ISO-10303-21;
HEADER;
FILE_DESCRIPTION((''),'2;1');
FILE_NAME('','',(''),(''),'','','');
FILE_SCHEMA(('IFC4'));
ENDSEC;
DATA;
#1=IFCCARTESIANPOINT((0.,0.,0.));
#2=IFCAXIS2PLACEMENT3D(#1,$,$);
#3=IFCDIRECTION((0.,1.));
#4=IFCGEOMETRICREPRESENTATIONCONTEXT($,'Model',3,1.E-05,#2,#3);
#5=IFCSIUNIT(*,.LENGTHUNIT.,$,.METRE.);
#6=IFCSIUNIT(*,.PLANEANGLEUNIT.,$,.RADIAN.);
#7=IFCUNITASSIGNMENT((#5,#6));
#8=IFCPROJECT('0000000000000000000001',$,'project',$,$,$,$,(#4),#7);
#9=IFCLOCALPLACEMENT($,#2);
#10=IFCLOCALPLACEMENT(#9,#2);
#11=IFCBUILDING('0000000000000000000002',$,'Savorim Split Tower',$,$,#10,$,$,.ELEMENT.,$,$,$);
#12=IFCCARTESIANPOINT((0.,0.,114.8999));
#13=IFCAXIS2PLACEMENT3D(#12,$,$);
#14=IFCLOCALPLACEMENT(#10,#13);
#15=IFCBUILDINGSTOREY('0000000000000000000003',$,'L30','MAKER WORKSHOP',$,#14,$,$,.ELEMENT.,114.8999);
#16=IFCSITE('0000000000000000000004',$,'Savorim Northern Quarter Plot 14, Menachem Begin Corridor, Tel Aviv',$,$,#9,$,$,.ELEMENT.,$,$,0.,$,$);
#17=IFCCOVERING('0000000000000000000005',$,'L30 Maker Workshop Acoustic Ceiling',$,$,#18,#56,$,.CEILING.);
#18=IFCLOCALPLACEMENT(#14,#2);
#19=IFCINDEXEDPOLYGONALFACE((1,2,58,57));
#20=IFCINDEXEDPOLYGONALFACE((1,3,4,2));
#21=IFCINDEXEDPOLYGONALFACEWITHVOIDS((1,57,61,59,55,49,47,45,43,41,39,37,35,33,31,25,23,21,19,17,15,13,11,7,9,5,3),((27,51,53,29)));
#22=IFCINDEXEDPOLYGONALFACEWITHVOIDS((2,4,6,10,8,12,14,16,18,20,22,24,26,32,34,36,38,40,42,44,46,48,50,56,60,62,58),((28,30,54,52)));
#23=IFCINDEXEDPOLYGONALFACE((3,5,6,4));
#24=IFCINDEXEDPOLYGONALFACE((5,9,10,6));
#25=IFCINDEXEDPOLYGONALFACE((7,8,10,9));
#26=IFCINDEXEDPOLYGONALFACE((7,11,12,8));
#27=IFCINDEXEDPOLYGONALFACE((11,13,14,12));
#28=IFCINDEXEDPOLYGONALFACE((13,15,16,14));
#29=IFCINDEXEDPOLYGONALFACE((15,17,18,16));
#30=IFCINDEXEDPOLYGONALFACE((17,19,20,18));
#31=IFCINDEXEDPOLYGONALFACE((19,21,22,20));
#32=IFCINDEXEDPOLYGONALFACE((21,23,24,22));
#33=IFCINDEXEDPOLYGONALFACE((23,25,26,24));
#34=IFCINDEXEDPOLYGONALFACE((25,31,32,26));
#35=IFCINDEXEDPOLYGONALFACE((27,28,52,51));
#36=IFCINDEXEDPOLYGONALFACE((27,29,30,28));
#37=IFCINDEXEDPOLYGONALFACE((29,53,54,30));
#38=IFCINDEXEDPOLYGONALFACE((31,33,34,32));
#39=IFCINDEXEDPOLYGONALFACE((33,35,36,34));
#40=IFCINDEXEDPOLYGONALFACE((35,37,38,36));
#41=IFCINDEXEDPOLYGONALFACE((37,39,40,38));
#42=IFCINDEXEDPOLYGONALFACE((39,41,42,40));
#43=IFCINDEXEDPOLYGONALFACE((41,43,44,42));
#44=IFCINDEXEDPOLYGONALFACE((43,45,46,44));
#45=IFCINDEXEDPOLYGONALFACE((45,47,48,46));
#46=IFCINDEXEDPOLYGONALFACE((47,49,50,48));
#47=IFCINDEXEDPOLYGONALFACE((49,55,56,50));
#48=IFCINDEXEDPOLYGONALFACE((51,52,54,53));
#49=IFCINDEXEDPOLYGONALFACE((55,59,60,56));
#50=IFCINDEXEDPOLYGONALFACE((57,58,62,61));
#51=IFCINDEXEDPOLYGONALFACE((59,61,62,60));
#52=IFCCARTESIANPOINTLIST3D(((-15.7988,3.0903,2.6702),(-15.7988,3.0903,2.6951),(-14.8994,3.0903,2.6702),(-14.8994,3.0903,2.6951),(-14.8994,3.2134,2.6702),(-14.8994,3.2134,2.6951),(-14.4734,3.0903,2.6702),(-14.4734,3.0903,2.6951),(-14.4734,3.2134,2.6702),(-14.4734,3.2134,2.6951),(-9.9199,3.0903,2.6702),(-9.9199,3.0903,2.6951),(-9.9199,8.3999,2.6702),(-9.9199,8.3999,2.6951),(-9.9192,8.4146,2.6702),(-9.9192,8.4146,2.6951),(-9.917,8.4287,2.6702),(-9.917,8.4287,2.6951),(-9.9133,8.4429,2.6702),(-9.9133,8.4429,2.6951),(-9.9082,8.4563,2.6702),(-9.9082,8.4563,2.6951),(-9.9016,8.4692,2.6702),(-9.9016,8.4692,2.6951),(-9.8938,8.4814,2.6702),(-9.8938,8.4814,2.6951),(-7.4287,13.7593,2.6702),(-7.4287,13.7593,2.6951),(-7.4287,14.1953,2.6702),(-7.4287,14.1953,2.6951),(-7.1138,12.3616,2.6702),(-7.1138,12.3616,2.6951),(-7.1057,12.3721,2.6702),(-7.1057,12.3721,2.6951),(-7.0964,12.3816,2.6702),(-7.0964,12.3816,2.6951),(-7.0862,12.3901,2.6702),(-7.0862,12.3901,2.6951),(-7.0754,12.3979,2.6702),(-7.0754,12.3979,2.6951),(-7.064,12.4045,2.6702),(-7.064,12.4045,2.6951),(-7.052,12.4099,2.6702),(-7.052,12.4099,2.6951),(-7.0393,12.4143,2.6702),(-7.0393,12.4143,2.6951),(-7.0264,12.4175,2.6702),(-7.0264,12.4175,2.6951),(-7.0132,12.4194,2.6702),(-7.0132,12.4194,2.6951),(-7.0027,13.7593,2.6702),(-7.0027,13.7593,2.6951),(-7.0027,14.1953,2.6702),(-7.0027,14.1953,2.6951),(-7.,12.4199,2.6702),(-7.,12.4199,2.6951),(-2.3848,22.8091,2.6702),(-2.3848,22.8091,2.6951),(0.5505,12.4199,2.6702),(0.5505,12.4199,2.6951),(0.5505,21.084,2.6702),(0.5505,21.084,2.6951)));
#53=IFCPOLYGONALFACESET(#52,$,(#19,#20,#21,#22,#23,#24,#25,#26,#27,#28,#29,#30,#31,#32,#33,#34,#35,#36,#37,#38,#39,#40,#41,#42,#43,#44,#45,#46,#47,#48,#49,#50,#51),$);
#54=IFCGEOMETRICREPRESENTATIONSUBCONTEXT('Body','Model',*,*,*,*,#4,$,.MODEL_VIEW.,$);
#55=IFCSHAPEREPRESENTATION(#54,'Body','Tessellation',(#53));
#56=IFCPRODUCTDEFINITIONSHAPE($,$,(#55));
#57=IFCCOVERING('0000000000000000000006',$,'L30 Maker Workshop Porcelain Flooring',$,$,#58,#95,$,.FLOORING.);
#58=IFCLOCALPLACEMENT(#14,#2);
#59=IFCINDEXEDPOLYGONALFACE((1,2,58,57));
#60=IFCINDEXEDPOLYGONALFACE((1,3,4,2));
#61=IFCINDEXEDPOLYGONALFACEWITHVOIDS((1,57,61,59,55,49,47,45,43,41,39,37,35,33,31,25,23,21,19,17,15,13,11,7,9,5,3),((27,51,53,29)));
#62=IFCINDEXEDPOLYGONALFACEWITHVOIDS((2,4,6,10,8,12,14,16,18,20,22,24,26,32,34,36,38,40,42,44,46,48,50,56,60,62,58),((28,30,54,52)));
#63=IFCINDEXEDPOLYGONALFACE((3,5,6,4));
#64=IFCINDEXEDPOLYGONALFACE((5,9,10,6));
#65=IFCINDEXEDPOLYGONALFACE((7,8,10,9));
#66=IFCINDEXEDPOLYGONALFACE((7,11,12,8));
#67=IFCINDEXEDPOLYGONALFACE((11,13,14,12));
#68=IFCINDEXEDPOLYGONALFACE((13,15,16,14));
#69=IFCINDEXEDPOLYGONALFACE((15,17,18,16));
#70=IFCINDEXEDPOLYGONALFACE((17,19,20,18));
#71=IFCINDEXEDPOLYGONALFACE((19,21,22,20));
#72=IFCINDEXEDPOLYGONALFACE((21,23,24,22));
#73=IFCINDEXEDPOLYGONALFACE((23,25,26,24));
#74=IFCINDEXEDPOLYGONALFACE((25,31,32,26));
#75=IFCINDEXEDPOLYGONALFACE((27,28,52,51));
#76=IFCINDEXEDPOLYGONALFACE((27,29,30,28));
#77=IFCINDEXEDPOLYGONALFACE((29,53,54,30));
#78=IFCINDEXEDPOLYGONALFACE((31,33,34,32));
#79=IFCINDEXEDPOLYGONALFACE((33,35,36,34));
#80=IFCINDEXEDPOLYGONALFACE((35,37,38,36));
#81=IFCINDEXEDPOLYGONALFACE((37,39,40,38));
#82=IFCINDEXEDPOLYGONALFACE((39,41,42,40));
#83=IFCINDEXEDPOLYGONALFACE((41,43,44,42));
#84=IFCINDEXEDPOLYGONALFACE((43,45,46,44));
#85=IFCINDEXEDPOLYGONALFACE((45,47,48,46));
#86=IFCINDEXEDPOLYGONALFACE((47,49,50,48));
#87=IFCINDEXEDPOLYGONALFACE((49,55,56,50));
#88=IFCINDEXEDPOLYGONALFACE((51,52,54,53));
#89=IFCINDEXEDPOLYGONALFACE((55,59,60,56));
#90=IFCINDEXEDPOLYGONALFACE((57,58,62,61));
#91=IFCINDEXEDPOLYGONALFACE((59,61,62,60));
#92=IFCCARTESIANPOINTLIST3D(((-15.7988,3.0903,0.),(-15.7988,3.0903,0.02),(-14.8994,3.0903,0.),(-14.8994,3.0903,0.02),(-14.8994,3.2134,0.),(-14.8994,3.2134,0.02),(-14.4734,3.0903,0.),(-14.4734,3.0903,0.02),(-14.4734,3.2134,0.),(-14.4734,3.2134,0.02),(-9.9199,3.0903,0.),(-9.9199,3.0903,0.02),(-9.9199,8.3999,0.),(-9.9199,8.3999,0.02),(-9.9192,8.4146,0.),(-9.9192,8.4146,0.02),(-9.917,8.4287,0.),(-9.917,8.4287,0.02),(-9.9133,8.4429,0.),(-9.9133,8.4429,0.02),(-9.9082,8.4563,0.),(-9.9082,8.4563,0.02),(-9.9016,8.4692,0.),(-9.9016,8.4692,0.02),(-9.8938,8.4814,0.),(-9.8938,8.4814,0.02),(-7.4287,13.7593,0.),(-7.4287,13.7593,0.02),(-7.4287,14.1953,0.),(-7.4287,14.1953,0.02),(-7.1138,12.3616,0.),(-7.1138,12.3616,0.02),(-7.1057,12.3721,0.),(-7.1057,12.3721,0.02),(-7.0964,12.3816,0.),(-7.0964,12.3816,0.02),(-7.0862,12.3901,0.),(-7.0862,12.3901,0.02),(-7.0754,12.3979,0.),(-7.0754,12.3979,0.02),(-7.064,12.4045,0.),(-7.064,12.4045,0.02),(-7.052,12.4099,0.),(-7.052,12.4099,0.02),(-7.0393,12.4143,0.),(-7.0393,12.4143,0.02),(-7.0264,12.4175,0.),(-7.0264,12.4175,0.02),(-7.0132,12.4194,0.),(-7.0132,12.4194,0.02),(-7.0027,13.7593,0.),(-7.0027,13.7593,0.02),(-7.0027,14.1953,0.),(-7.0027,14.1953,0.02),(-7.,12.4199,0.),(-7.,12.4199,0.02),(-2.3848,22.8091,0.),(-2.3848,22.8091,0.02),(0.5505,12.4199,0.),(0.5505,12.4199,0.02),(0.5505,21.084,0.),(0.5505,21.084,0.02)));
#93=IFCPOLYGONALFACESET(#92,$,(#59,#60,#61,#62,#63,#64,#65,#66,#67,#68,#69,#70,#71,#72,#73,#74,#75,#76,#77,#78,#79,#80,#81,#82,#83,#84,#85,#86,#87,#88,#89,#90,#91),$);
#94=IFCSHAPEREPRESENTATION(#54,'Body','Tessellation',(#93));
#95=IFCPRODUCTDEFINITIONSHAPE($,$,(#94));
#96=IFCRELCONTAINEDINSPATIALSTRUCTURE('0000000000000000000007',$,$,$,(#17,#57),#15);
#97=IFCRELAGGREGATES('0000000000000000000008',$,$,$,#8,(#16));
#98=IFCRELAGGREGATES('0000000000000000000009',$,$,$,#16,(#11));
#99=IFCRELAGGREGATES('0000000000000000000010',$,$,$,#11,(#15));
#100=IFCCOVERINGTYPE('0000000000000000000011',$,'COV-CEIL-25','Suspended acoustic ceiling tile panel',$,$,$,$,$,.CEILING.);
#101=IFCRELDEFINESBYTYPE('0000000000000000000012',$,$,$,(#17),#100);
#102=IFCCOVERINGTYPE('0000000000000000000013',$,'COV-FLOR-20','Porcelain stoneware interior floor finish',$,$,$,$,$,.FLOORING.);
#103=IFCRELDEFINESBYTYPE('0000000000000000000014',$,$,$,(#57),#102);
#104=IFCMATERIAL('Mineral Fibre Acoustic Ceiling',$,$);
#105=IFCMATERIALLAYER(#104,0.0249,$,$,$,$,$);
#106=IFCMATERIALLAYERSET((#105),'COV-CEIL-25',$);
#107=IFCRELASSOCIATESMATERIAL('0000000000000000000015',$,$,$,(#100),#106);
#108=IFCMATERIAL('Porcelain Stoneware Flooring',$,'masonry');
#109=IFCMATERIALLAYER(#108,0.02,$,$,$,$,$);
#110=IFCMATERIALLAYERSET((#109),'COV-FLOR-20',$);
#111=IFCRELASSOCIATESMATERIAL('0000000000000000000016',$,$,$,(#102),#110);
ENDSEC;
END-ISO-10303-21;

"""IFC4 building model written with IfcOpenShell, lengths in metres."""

from ifc_helpers import new_model, si_unit, direction, frame, origin, place, context, subcontext, project, spatial, polyline, outline, extrude, material, layer, layer_set, type_object, element, save


model = new_model("IFC4")

# Units and contexts
model_context = context("Model", 3, precision=1e-05, world=origin(), true_north=direction((0.0, 1.0)))
body_context = subcontext(model_context, "Body", "Model", "MODEL_VIEW")
ifc_project = project(units=[si_unit("LENGTHUNIT", "METRE"), si_unit("PLANEANGLEUNIT", "RADIAN")], contexts=[model_context])

# Site, building, storey
site_placement = place(None, origin())
site = spatial("IfcSite", under=ifc_project, at=site_placement, Name="Savorim Northern Quarter Plot 14, Menachem Begin Corridor, Tel Aviv", CompositionType="ELEMENT", RefElevation=0.0)
building_placement = place(site_placement, origin())
building = spatial("IfcBuilding", under=site, at=building_placement, Name="Savorim Split Tower", CompositionType="ELEMENT")
storey_placement = place(building_placement, frame((0.0, 0.0, 114.8999)))
storey = spatial("IfcBuildingStorey", under=building, at=storey_placement, Name="L30", Description="MAKER WORKSHOP", CompositionType="ELEMENT", Elevation=114.8999)

# Coverings
ifc_material_1 = material(Name="Mineral Fibre Acoustic Ceiling")
ifc_layer_1 = layer(ifc_material_1, 0.0249)
ifc_layer_set_1 = layer_set([ifc_layer_1], Name="COV-CEIL-25")
covering_type_1 = type_object("IfcCoveringType", Name="COV-CEIL-25", Description="Suspended acoustic ceiling tile panel", PredefinedType="CEILING", material=ifc_layer_set_1)
covering_1_placement = place(storey_placement, frame((0.0, 0.0, 2.6702)))
element("IfcCovering", 1, at=covering_1_placement, inside=storey, type_object=covering_type_1, Name="L30 Maker Workshop Acoustic Ceiling", PredefinedType="CEILING", context=body_context, shape_type="SweptSolid", body=[
    extrude(outline(polyline([(-7.0, 12.4199), (0.5505, 12.4199), (0.5505, 21.084), (-2.3848, 22.8091), (-15.7988, 3.0903), (-14.8994, 3.0903), (-14.8994, 3.2134), (-14.4734, 3.2134), (-14.4734, 3.0903), (-9.9199, 3.0903), (-9.9199, 8.3999), (-9.9192, 8.4146), (-9.917, 8.4287), (-9.9133, 8.4429), (-9.9082, 8.4563), (-9.9016, 8.4692), (-9.8938, 8.4814), (-7.1138, 12.3616), (-7.1057, 12.3721), (-7.0964, 12.3816), (-7.0862, 12.3901), (-7.0754, 12.3979), (-7.064, 12.4045), (-7.052, 12.4099), (-7.0393, 12.4143), (-7.0264, 12.4175), (-7.0132, 12.4194), (-7.0, 12.4199)]), holes=[polyline([(-7.0027, 14.1953), (-7.4287, 14.1953), (-7.4287, 13.7593), (-7.0027, 13.7593), (-7.0027, 14.1953)])]), origin(), (0.0, 0.0, 1.0), 0.0249),
])
ifc_material_2 = material(Name="Porcelain Stoneware Flooring", Category="masonry")
ifc_layer_2 = layer(ifc_material_2, 0.02)
ifc_layer_set_2 = layer_set([ifc_layer_2], Name="COV-FLOR-20")
covering_type_2 = type_object("IfcCoveringType", Name="COV-FLOR-20", Description="Porcelain stoneware interior floor finish", PredefinedType="FLOORING", material=ifc_layer_set_2)
covering_2_placement = place(storey_placement, origin())
element("IfcCovering", 2, at=covering_2_placement, inside=storey, type_object=covering_type_2, Name="L30 Maker Workshop Porcelain Flooring", PredefinedType="FLOORING", context=body_context, shape_type="SweptSolid", body=[
    extrude(outline(polyline([(-7.0, 12.4199), (0.5505, 12.4199), (0.5505, 21.084), (-2.3848, 22.8091), (-15.7988, 3.0903), (-14.8994, 3.0903), (-14.8994, 3.2134), (-14.4734, 3.2134), (-14.4734, 3.0903), (-9.9199, 3.0903), (-9.9199, 8.3999), (-9.9192, 8.4146), (-9.917, 8.4287), (-9.9133, 8.4429), (-9.9082, 8.4563), (-9.9016, 8.4692), (-9.8938, 8.4814), (-7.1138, 12.3616), (-7.1057, 12.3721), (-7.0964, 12.3816), (-7.0862, 12.3901), (-7.0754, 12.3979), (-7.064, 12.4045), (-7.052, 12.4099), (-7.0393, 12.4143), (-7.0264, 12.4175), (-7.0132, 12.4194), (-7.0, 12.4199)]), holes=[polyline([(-7.0027, 14.1953), (-7.4287, 14.1953), (-7.4287, 13.7593), (-7.0027, 13.7593), (-7.0027, 14.1953)])]), origin(), (0.0, 0.0, 1.0), 0.02),
])

save(model, "model.ifc")
